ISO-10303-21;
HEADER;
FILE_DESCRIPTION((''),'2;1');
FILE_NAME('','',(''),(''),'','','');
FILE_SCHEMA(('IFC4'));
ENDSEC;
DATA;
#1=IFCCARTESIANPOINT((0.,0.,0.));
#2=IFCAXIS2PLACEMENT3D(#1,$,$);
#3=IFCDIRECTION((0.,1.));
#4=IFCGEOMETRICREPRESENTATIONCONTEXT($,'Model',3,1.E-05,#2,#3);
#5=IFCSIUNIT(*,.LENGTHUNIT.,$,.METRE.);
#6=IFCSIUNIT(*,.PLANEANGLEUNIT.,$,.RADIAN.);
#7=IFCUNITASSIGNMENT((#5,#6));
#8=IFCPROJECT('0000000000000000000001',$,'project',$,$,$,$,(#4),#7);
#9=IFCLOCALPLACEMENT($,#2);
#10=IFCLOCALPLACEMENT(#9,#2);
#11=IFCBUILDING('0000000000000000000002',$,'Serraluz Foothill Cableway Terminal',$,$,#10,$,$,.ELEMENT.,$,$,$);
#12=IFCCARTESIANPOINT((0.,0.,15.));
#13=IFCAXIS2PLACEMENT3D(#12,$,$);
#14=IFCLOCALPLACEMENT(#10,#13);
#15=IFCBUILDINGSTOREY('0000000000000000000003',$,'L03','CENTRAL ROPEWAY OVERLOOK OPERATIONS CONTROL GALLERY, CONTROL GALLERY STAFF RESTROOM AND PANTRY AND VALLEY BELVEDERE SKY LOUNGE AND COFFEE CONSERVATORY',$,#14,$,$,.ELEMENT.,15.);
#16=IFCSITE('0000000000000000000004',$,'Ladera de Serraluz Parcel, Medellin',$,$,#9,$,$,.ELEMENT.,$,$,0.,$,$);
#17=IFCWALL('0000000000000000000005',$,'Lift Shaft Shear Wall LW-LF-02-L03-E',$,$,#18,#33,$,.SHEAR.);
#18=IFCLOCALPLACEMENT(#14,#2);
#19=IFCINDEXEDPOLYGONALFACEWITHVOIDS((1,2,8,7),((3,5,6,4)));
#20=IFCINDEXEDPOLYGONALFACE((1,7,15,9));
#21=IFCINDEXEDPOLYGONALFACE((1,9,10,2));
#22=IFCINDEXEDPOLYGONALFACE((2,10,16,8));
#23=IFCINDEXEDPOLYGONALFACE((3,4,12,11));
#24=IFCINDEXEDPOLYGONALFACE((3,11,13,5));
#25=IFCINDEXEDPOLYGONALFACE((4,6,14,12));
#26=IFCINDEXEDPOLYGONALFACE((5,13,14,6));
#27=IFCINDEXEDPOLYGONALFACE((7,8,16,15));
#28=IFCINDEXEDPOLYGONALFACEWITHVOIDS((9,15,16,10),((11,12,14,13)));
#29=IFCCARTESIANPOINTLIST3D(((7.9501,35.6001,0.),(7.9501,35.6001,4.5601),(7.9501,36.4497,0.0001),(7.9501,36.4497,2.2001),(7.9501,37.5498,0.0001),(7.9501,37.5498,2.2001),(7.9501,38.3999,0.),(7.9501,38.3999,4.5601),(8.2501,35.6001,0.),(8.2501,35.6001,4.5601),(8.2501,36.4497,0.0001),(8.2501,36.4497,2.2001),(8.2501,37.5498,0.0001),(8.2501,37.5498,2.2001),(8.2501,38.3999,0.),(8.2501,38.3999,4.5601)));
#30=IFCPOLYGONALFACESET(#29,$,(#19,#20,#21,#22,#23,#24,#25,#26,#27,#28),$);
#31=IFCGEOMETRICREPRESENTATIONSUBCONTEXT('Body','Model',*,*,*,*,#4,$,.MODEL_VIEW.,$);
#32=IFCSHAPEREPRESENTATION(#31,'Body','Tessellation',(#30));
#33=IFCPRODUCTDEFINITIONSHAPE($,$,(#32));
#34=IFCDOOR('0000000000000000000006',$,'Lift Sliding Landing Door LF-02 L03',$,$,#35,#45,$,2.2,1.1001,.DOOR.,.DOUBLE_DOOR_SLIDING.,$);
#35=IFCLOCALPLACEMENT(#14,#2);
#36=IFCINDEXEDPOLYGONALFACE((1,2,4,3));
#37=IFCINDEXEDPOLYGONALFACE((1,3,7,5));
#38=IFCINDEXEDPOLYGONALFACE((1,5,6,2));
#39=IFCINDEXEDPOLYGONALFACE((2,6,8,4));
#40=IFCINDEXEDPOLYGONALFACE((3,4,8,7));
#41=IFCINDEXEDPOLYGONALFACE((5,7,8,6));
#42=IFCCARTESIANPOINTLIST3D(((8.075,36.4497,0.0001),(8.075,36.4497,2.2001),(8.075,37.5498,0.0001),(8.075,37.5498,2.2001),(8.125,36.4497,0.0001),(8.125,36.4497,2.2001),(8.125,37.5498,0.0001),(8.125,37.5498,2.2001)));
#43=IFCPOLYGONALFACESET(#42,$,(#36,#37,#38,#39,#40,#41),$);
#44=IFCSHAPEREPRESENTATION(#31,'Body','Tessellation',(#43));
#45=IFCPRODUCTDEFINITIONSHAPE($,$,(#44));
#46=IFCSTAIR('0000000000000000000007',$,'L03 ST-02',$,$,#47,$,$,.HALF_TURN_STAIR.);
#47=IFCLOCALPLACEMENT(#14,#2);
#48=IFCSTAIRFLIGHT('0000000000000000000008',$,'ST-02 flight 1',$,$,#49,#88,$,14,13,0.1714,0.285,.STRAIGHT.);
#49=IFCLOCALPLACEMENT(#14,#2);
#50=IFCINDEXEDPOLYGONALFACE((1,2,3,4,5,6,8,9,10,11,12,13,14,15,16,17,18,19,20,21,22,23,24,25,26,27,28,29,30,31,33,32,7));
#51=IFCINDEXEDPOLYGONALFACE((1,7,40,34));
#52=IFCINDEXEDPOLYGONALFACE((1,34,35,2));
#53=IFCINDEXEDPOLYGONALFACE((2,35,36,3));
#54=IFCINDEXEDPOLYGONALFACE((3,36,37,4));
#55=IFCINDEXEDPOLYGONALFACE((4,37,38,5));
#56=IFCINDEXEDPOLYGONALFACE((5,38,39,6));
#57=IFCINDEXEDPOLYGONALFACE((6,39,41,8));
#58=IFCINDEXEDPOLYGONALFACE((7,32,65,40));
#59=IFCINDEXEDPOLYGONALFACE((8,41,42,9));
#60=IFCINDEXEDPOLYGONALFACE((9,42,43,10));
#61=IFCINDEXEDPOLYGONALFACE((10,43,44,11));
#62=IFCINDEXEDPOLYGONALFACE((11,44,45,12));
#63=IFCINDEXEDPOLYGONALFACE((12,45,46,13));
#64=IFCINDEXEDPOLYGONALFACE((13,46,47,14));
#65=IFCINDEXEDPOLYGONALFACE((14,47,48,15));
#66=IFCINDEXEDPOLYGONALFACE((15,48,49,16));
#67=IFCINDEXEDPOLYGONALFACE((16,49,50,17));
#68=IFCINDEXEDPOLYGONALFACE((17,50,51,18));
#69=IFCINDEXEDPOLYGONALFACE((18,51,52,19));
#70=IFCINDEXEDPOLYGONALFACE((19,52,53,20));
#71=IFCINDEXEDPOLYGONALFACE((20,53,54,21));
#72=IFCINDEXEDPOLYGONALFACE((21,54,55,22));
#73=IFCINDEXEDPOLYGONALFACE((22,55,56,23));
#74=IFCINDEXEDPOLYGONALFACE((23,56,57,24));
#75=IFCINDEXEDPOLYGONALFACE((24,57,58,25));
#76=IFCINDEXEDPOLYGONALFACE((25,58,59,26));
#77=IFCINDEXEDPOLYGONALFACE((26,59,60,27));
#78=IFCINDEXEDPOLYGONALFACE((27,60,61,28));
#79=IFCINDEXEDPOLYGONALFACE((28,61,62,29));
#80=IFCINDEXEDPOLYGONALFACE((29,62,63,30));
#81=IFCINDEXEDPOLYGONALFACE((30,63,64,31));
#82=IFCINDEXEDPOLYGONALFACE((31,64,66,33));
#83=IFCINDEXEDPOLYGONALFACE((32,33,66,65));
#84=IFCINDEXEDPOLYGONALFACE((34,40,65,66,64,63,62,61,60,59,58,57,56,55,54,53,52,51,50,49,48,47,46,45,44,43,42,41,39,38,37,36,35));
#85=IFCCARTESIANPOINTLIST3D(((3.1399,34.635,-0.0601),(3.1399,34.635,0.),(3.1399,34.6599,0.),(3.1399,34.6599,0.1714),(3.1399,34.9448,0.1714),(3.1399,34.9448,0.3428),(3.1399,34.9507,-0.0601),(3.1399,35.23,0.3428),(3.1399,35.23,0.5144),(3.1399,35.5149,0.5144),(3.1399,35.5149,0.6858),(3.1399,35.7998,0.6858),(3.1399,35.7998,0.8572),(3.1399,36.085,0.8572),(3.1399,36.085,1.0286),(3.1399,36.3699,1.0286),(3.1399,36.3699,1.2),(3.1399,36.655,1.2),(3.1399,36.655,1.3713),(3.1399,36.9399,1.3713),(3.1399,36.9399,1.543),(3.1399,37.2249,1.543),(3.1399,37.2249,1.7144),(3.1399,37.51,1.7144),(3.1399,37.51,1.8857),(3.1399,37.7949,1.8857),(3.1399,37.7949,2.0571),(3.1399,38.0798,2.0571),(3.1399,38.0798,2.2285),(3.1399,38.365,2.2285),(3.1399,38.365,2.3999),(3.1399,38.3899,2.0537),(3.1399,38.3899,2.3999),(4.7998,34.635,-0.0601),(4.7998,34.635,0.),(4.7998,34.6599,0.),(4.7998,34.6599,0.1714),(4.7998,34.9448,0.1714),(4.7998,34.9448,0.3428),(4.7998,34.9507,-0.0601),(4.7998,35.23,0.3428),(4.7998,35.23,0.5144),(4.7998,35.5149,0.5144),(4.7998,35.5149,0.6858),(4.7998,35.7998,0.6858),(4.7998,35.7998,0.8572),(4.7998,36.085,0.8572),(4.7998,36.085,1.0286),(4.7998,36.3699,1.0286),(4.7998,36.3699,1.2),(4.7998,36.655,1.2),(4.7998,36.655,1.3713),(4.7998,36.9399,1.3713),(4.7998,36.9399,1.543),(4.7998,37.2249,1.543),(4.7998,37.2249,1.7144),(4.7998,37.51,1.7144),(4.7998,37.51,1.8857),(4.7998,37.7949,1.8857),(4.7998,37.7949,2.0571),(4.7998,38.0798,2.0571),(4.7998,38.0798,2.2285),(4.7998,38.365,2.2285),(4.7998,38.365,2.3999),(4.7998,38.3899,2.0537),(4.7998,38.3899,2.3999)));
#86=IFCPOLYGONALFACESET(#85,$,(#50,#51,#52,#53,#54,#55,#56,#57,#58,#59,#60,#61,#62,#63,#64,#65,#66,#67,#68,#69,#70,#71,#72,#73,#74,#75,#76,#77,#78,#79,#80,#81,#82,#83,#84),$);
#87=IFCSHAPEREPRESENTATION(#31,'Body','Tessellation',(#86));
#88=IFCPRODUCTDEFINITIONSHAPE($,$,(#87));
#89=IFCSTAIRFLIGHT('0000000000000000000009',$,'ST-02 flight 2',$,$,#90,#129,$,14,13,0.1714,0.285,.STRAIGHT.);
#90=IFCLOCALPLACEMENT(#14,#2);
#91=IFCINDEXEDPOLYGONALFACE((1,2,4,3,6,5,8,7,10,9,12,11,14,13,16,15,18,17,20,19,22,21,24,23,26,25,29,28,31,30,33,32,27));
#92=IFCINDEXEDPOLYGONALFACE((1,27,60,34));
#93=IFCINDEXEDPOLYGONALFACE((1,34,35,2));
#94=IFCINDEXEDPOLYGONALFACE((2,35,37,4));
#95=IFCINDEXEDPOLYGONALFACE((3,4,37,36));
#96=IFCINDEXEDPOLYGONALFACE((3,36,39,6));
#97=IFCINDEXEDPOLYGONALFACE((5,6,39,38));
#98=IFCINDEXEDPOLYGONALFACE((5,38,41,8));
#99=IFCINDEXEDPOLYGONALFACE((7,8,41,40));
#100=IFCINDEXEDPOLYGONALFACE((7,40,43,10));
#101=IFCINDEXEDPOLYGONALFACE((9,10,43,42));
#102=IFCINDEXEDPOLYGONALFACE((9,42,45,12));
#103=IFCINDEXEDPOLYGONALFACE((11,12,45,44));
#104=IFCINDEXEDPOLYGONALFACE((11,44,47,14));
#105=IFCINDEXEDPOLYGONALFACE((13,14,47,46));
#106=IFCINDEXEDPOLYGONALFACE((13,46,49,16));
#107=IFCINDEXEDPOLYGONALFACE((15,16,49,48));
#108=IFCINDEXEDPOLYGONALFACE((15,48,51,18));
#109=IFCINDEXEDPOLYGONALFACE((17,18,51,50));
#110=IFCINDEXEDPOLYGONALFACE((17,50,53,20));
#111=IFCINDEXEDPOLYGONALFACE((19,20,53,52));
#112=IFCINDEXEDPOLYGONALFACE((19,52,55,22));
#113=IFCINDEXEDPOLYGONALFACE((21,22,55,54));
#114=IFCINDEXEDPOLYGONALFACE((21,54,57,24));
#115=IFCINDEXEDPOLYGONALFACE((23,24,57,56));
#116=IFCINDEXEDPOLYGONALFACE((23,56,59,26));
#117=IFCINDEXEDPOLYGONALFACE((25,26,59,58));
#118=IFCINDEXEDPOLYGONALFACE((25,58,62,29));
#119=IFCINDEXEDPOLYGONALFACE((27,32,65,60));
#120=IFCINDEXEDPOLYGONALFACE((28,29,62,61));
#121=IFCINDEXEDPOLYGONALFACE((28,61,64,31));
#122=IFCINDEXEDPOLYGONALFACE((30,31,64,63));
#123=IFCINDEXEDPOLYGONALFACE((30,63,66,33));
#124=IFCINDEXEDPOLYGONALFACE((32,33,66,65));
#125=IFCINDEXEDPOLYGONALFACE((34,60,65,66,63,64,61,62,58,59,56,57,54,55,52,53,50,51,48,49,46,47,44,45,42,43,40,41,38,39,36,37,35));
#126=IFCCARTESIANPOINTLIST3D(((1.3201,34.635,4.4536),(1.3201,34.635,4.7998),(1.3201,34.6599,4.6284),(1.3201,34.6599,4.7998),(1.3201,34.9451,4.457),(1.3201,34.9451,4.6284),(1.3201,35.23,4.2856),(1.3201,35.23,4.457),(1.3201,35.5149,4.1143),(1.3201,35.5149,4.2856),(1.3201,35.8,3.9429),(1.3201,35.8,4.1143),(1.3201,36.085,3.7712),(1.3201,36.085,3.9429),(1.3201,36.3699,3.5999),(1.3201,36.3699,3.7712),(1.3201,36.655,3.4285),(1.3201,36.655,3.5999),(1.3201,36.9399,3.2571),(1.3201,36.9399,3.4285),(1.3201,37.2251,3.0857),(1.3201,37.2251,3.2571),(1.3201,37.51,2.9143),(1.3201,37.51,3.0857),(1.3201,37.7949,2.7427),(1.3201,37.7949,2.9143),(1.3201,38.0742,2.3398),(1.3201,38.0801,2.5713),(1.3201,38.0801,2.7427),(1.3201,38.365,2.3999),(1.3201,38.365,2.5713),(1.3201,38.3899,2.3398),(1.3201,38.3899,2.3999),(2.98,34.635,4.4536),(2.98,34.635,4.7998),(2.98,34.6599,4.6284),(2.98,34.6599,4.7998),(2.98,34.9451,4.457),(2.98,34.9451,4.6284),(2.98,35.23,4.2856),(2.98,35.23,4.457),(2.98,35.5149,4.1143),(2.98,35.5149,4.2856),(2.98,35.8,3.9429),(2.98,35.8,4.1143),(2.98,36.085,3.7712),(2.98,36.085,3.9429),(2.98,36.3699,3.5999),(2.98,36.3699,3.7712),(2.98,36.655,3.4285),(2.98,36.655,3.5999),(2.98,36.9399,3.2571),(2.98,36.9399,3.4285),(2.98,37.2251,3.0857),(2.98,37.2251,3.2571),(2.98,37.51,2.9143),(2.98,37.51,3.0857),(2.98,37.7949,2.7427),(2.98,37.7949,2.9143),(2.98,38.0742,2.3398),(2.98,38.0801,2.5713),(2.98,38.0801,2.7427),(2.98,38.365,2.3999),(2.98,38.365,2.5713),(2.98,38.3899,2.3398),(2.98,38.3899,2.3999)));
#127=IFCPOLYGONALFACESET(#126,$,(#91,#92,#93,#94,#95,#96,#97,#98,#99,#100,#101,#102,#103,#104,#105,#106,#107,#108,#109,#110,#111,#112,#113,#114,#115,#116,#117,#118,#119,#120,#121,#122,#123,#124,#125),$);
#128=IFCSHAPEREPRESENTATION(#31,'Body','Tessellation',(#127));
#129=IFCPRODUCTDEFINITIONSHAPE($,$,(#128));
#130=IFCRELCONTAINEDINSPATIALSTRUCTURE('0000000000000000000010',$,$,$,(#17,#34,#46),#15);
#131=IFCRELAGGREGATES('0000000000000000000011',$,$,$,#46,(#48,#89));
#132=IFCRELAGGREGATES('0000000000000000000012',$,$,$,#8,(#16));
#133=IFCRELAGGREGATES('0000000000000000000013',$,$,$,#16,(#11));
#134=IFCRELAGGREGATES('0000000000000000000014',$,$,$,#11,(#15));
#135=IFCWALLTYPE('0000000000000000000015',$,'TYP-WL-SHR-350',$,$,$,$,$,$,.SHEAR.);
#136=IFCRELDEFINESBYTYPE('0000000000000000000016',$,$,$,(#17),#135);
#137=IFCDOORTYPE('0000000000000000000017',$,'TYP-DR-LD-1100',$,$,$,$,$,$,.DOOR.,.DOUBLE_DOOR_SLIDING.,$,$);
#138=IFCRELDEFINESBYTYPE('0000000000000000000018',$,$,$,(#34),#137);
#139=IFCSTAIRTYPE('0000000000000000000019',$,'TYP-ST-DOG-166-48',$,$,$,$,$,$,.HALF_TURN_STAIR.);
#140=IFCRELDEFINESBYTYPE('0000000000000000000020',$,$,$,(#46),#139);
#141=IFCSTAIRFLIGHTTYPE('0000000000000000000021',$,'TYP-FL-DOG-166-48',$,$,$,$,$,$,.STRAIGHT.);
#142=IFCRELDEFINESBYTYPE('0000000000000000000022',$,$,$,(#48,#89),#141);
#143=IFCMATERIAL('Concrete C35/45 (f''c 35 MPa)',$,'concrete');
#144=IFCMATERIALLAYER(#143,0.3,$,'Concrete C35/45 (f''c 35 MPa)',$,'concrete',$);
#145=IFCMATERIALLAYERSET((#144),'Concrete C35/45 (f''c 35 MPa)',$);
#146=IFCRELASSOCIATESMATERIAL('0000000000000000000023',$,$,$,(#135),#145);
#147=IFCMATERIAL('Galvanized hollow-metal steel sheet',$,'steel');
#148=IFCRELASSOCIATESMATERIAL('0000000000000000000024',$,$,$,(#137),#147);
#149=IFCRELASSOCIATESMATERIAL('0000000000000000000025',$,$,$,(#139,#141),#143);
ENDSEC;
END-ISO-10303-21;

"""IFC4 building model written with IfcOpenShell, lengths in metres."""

from ifc_helpers import new_model, si_unit, direction, frame, frame_2d, origin, place, context, subcontext, project, spatial, polyline, rectangle, outline, extrude, material, layer, layer_set, type_object, element, fill, aggregate, save


model = new_model("IFC4")

# Units and contexts
model_context = context("Model", 3, precision=1e-05, world=origin(), true_north=direction((0.0, 1.0)))
body_context = subcontext(model_context, "Body", "Model", "MODEL_VIEW")
ifc_project = project(units=[si_unit("LENGTHUNIT", "METRE"), si_unit("PLANEANGLEUNIT", "RADIAN")], contexts=[model_context])

# Site, building, storey
site_placement = place(None, origin())
site = spatial("IfcSite", under=ifc_project, at=site_placement, Name="Ladera de Serraluz Parcel, Medellin", CompositionType="ELEMENT", RefElevation=0.0)
building_placement = place(site_placement, origin())
building = spatial("IfcBuilding", under=site, at=building_placement, Name="Serraluz Foothill Cableway Terminal", CompositionType="ELEMENT")
storey_placement = place(building_placement, frame((0.0, 0.0, 15.0)))
storey = spatial("IfcBuildingStorey", under=building, at=storey_placement, Name="L03", Description="CENTRAL ROPEWAY OVERLOOK OPERATIONS CONTROL GALLERY, CONTROL GALLERY STAFF RESTROOM AND PANTRY AND VALLEY BELVEDERE SKY LOUNGE AND COFFEE CONSERVATORY", CompositionType="ELEMENT", Elevation=15.0)

# Shared definitions
ifc_material_1 = material(Name="Concrete C35/45 (f'c 35 MPa)", Category="concrete")
ifc_layer_1 = layer(ifc_material_1, 0.3, Name="Concrete C35/45 (f'c 35 MPa)", Category="concrete")
ifc_layer_set_1 = layer_set([ifc_layer_1], Name="Concrete C35/45 (f'c 35 MPa)")
wall_type_1 = type_object("IfcWallType", Name="TYP-WL-SHR-350", PredefinedType="SHEAR", material=ifc_layer_set_1)

# Wall, opening, door
wall_1_placement = place(storey_placement, frame((8.1001, 38.3999, 0.0), z_axis=(0.0, 0.0, 1.0), x_axis=(0.0, -1.0, 0.0)))
wall_1 = element("IfcWall", 1, at=wall_1_placement, inside=storey, type_object=wall_type_1, Name="Lift Shaft Shear Wall LW-LF-02-L03-E", PredefinedType="SHEAR", context=body_context, shape_type="SweptSolid", body=[
    extrude(rectangle(XDim=2.7998, YDim=0.3, at=frame_2d((1.3999, 0.0))), origin(), (0.0, 0.0, 1.0), 4.5601),
])
opening_1_placement = place(wall_1_placement, frame((0.8501, 0.0, 0.0)))
opening_1 = element("IfcOpeningElement", 2, at=opening_1_placement, cuts=wall_1, PredefinedType="OPENING", context=body_context, shape_type="SweptSolid", body=[
    extrude(rectangle(XDim=1.1001, YDim=2.2, at=frame_2d((0.55, 1.1001))), frame((0.0, 0.1602, 0.0), z_axis=(0.0, -1.0, 0.0), x_axis=(1.0, 0.0, 0.0)), (0.0, 0.0, 1.0), 0.3201),
])
ifc_material_2 = material(Name="Galvanized hollow-metal steel sheet", Category="steel")
door_type_1 = type_object("IfcDoorType", Name="TYP-DR-LD-1100", OperationType="DOUBLE_DOOR_SLIDING", PredefinedType="DOOR", material=ifc_material_2)
door_1_placement = place(opening_1_placement, origin())
door_1 = element("IfcDoor", 3, at=door_1_placement, inside=storey, type_object=door_type_1, Name="Lift Sliding Landing Door LF-02 L03", OperationType="DOUBLE_DOOR_SLIDING", OverallHeight=2.2, OverallWidth=1.1001, PredefinedType="DOOR", context=body_context, shape_type="SweptSolid", body=[
    extrude(rectangle(XDim=1.1001, YDim=2.2, at=frame_2d((0.55, 1.1001))), frame((0.0, 0.0249, 0.0), z_axis=(0.0, -1.0, 0.0), x_axis=(1.0, 0.0, 0.0)), (0.0, 0.0, 1.0), 0.05),
])
fill(opening_1, door_1)

# Stair, stair flights
stair_type = type_object("IfcStairType", Name="TYP-ST-DOG-166-48", PredefinedType="HALF_TURN_STAIR", material=ifc_material_1)
stair_placement = place(storey_placement, origin())
stair = element("IfcStair", 4, at=stair_placement, inside=storey, type_object=stair_type, Name="L03 ST-02", PredefinedType="HALF_TURN_STAIR")
stair_flight_type = type_object("IfcStairFlightType", Name="TYP-FL-DOG-166-48", PredefinedType="STRAIGHT", material=ifc_material_1)
stair_flight_1_placement = place(storey_placement, frame((3.97, 34.6599, 0.0), z_axis=(0.0, 0.0, 1.0), x_axis=(0.0, 1.0, 0.0)))
stair_flight_1 = element("IfcStairFlight", 5, at=stair_flight_1_placement, type_object=stair_flight_type, Name="ST-02 flight 1", NumberOfRisers=14, NumberOfTreads=13, PredefinedType="STRAIGHT", RiserHeight=0.1714, TreadLength=0.285, context=body_context, shape_type="SweptSolid", body=[
    extrude(outline(polyline([(-0.0249, -0.0601), (-0.0249, 0.0), (0.0, 0.0), (0.0, 0.1714), (0.2849, 0.1714), (0.2849, 0.3428), (0.5701, 0.3428), (0.5701, 0.5144), (0.855, 0.5144), (0.855, 0.6858), (1.1399, 0.6858), (1.1399, 0.8572), (1.425, 0.8572), (1.425, 1.0286), (1.71, 1.0286), (1.71, 1.2), (1.9951, 1.2), (1.9951, 1.3713), (2.28, 1.3713), (2.28, 1.543), (2.5649, 1.543), (2.5649, 1.7144), (2.8501, 1.7144), (2.8501, 1.8857), (3.135, 1.8857), (3.135, 2.0571), (3.4199, 2.0571), (3.4199, 2.2285), (3.7051, 2.2285), (3.7051, 2.3999), (3.73, 2.3999), (3.73, 2.0537), (0.2908, -0.0601), (-0.0249, -0.0601)])), frame((0.0, 0.8301, 0.0), z_axis=(0.0, -1.0, 0.0), x_axis=(1.0, 0.0, 0.0)), (0.0, 0.0, 1.0), 1.6599),
])
stair_flight_2_placement = place(storey_placement, frame((2.1499, 38.365, 2.3999), z_axis=(0.0, 0.0, 1.0), x_axis=(0.0, -1.0, 0.0)))
stair_flight_2 = element("IfcStairFlight", 6, at=stair_flight_2_placement, type_object=stair_flight_type, Name="ST-02 flight 2", NumberOfRisers=14, NumberOfTreads=13, PredefinedType="STRAIGHT", RiserHeight=0.1714, TreadLength=0.285, context=body_context, shape_type="SweptSolid", body=[
    extrude(outline(polyline([(-0.0249, -0.0601), (-0.0249, 0.0), (0.0, 0.0), (0.0, 0.1714), (0.2849, 0.1714), (0.2849, 0.3428), (0.5701, 0.3428), (0.5701, 0.5144), (0.855, 0.5144), (0.855, 0.6858), (1.1399, 0.6858), (1.1399, 0.8572), (1.425, 0.8572), (1.425, 1.0286), (1.71, 1.0286), (1.71, 1.2), (1.9951, 1.2), (1.9951, 1.3713), (2.28, 1.3713), (2.28, 1.543), (2.5649, 1.543), (2.5649, 1.7144), (2.8501, 1.7144), (2.8501, 1.8857), (3.135, 1.8857), (3.135, 2.0571), (3.4199, 2.0571), (3.4199, 2.2285), (3.7051, 2.2285), (3.7051, 2.3999), (3.73, 2.3999), (3.73, 2.0537), (0.2908, -0.0601), (-0.0249, -0.0601)])), frame((0.0, 0.8301, 0.0), z_axis=(0.0, -1.0, 0.0), x_axis=(1.0, 0.0, 0.0)), (0.0, 0.0, 1.0), 1.6599),
])
aggregate(stair, [stair_flight_1, stair_flight_2])

save(model, "model.ifc")
